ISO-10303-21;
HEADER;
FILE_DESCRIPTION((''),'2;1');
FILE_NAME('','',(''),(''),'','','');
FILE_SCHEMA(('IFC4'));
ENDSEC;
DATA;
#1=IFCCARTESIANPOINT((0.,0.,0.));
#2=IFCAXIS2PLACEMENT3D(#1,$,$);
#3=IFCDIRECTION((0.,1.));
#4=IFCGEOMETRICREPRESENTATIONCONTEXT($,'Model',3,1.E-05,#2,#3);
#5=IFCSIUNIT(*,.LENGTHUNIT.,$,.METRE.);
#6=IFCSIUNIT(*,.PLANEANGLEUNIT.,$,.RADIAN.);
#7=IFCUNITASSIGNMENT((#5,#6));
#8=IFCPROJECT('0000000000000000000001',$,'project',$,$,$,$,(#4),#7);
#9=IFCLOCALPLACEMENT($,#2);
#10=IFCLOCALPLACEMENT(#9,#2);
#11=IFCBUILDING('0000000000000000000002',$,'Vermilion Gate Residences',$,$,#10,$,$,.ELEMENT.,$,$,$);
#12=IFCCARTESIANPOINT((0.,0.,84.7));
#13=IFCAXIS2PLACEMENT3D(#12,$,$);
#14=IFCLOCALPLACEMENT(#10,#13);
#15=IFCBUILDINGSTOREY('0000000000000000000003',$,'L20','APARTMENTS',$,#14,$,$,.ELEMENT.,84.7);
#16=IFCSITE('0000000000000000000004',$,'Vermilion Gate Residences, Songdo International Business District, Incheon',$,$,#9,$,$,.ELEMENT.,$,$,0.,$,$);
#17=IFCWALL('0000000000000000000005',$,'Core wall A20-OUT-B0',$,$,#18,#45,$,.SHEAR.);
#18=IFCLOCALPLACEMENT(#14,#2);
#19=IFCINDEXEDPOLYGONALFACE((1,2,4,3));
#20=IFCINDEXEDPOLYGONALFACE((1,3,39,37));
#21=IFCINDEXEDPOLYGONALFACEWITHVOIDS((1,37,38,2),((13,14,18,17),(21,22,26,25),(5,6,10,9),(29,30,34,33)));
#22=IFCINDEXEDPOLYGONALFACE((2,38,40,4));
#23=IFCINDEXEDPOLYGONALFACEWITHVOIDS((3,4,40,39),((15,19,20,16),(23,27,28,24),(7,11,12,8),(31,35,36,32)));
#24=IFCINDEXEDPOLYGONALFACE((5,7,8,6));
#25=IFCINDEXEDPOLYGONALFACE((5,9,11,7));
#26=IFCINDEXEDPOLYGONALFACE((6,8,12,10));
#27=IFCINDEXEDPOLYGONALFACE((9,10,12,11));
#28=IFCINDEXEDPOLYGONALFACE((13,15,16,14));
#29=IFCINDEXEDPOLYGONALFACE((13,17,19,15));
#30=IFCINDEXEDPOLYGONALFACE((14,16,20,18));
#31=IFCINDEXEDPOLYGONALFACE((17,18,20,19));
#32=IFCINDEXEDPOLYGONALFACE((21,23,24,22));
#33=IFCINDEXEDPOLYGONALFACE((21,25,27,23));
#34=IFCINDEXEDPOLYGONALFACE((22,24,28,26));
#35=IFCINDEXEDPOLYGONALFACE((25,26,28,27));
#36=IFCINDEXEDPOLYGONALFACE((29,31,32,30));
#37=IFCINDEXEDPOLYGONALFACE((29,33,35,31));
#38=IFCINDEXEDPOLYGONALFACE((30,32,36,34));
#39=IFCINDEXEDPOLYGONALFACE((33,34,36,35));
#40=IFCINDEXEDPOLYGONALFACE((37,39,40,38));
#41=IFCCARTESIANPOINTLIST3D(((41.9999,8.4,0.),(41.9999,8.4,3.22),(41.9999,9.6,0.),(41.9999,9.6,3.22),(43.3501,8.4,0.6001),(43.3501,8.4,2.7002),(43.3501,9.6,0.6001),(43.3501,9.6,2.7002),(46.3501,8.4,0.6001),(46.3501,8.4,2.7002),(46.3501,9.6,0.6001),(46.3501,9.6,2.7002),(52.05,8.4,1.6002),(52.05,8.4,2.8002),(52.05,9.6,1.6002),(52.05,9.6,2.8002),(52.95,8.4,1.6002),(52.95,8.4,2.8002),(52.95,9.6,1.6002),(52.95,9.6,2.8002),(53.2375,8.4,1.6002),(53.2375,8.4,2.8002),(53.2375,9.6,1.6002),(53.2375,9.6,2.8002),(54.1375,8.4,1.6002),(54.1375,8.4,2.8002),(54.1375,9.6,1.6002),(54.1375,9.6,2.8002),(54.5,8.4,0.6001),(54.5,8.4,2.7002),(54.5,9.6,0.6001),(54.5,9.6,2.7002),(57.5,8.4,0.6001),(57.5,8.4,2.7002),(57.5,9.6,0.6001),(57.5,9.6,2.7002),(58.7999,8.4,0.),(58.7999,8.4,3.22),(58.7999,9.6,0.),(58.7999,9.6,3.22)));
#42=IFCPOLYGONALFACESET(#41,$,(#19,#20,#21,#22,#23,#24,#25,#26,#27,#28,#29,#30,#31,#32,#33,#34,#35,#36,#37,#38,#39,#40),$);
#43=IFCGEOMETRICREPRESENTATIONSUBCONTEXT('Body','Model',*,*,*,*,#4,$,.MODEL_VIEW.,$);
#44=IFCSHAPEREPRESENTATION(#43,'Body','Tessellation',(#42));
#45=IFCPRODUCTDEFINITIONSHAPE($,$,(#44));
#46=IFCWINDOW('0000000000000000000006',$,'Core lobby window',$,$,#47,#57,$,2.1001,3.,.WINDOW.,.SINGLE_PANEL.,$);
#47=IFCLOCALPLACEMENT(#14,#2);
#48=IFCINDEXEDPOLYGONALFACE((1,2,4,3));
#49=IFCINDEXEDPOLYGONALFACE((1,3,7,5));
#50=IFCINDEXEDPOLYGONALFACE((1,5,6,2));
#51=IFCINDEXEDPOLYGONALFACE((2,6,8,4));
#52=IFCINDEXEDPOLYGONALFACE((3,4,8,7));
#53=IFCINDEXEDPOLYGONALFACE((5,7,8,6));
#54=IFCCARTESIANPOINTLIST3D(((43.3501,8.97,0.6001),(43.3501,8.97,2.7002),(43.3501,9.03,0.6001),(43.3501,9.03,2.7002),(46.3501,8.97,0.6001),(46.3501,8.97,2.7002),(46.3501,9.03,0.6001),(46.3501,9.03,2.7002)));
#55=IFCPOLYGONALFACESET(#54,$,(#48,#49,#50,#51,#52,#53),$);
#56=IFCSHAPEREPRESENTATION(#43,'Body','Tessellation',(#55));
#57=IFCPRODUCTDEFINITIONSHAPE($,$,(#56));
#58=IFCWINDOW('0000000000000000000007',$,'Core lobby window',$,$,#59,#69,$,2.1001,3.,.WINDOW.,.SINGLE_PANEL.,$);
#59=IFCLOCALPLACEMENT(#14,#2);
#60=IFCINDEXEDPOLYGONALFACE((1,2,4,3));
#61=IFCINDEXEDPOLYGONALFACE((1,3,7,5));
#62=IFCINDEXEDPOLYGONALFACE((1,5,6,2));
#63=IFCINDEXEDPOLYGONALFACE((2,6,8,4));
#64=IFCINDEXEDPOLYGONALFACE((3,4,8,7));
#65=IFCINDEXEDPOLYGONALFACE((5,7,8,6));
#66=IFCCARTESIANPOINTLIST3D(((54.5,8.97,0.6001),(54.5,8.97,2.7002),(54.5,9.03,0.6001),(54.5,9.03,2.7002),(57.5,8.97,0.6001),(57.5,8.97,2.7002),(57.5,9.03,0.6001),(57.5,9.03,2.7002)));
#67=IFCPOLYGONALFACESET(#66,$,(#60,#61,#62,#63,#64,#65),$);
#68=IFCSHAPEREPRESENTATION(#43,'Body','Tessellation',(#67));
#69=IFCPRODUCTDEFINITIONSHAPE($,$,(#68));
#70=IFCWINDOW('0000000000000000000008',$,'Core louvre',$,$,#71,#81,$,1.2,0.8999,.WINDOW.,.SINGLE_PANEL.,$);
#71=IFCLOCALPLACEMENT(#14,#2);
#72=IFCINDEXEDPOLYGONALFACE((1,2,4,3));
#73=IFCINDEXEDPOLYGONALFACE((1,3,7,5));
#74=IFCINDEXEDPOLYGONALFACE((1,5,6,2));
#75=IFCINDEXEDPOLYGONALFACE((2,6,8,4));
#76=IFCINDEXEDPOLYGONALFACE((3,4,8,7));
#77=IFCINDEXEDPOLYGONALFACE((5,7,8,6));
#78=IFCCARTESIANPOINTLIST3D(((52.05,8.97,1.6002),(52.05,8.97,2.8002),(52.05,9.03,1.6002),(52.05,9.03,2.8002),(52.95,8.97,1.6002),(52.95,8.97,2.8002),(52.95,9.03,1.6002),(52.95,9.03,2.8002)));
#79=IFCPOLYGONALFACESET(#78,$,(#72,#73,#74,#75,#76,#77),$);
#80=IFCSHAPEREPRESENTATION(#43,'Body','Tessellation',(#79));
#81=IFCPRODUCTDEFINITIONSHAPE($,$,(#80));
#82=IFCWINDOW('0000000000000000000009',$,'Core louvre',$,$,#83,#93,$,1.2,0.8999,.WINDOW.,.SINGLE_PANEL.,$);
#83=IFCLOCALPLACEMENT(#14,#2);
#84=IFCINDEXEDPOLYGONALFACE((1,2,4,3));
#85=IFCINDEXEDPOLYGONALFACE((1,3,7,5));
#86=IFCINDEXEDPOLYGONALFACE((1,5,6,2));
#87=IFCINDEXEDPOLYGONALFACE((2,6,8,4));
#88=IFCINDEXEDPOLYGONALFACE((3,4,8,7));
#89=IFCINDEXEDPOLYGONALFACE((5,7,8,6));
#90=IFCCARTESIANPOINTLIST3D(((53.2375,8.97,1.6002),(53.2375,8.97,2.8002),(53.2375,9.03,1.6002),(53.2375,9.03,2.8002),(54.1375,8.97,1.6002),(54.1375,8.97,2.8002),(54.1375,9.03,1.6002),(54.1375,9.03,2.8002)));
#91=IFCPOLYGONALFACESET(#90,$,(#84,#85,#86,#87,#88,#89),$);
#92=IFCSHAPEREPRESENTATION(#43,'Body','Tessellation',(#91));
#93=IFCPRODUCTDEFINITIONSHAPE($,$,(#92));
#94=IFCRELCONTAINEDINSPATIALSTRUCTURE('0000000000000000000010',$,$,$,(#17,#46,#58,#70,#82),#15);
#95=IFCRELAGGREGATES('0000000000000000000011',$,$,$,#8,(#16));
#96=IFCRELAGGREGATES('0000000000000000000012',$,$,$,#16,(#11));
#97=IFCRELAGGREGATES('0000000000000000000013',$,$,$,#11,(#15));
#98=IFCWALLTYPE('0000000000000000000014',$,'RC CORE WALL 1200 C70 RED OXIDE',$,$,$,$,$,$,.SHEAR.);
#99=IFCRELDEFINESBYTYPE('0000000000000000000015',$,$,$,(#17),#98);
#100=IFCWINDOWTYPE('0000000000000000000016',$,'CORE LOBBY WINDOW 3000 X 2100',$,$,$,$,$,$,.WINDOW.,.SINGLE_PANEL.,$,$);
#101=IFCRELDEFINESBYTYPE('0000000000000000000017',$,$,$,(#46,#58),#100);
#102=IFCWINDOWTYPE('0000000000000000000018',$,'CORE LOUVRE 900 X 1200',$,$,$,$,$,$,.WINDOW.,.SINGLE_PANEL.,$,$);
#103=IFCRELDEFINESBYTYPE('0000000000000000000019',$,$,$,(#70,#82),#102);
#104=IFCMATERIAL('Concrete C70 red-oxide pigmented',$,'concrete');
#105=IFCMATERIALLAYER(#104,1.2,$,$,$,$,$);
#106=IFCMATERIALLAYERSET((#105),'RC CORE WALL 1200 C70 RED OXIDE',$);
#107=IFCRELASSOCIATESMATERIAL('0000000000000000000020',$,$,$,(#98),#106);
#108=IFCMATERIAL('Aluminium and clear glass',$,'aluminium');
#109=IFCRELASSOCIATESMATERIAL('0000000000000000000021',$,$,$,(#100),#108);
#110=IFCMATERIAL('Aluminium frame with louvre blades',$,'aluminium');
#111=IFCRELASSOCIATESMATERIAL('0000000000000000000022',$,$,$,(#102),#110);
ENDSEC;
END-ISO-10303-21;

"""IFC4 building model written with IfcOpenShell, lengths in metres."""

from ifc_helpers import new_model, si_unit, direction, frame, frame_2d, origin, place, context, subcontext, project, spatial, rectangle, extrude, material, layer, layer_set, type_object, element, fill, save


model = new_model("IFC4")

# Units and contexts
model_context = context("Model", 3, precision=1e-05, world=origin(), true_north=direction((0.0, 1.0)))
body_context = subcontext(model_context, "Body", "Model", "MODEL_VIEW")
ifc_project = project(units=[si_unit("LENGTHUNIT", "METRE"), si_unit("PLANEANGLEUNIT", "RADIAN")], contexts=[model_context])

# Site, building, storey
site_placement = place(None, origin())
site = spatial("IfcSite", under=ifc_project, at=site_placement, Name="Vermilion Gate Residences, Songdo International Business District, Incheon", CompositionType="ELEMENT", RefElevation=0.0)
building_placement = place(site_placement, origin())
building = spatial("IfcBuilding", under=site, at=building_placement, Name="Vermilion Gate Residences", CompositionType="ELEMENT")
storey_placement = place(building_placement, frame((0.0, 0.0, 84.7)))
storey = spatial("IfcBuildingStorey", under=building, at=storey_placement, Name="L20", Description="APARTMENTS", CompositionType="ELEMENT", Elevation=84.7)

# Wall, openings, windows
ifc_material_1 = material(Name="Concrete C70 red-oxide pigmented", Category="concrete")
ifc_layer_1 = layer(ifc_material_1, 1.2)
ifc_layer_set_1 = layer_set([ifc_layer_1], Name="RC CORE WALL 1200 C70 RED OXIDE")
wall_type_1 = type_object("IfcWallType", Name="RC CORE WALL 1200 C70 RED OXIDE", PredefinedType="SHEAR", material=ifc_layer_set_1)
wall_1_placement = place(storey_placement, frame((42.0, 9.0, 0.0), z_axis=(0.0, 0.0, 1.0), x_axis=(1.0, 0.0, 0.0)))
wall_1 = element("IfcWall", 1, at=wall_1_placement, inside=storey, type_object=wall_type_1, Name="Core wall A20-OUT-B0", PredefinedType="SHEAR", context=body_context, shape_type="SweptSolid", body=[
    extrude(rectangle(XDim=16.8, YDim=1.2, at=frame_2d((8.3999, 0.0))), origin(), (0.0, 0.0, 1.0), 3.22),
])
opening_1_placement = place(wall_1_placement, frame((1.3501, 0.0, 0.6001)))
opening_1 = element("IfcOpeningElement", 2, at=opening_1_placement, cuts=wall_1, PredefinedType="OPENING", context=body_context, shape_type="SweptSolid", body=[
    extrude(rectangle(XDim=3.0, YDim=2.1001, at=frame_2d((1.5, 1.05))), frame((0.0, 0.6099, 0.0), z_axis=(0.0, -1.0, 0.0), x_axis=(1.0, 0.0, 0.0)), (0.0, 0.0, 1.0), 1.22),
])
opening_2_placement = place(wall_1_placement, frame((10.05, 0.0, 1.6001)))
opening_2 = element("IfcOpeningElement", 3, at=opening_2_placement, cuts=wall_1, PredefinedType="OPENING", context=body_context, shape_type="SweptSolid", body=[
    extrude(rectangle(XDim=0.8999, YDim=1.2, at=frame_2d((0.45, 0.6001))), frame((0.0, 0.6099, 0.0), z_axis=(0.0, -1.0, 0.0), x_axis=(1.0, 0.0, 0.0)), (0.0, 0.0, 1.0), 1.22),
])
opening_3_placement = place(wall_1_placement, frame((11.2375, 0.0, 1.6001)))
opening_3 = element("IfcOpeningElement", 4, at=opening_3_placement, cuts=wall_1, PredefinedType="OPENING", context=body_context, shape_type="SweptSolid", body=[
    extrude(rectangle(XDim=0.8999, YDim=1.2, at=frame_2d((0.45, 0.6001))), frame((0.0, 0.6099, 0.0), z_axis=(0.0, -1.0, 0.0), x_axis=(1.0, 0.0, 0.0)), (0.0, 0.0, 1.0), 1.22),
])
opening_4_placement = place(wall_1_placement, frame((12.5, 0.0, 0.6001)))
opening_4 = element("IfcOpeningElement", 5, at=opening_4_placement, cuts=wall_1, PredefinedType="OPENING", context=body_context, shape_type="SweptSolid", body=[
    extrude(rectangle(XDim=3.0, YDim=2.1001, at=frame_2d((1.5, 1.05))), frame((0.0, 0.6099, 0.0), z_axis=(0.0, -1.0, 0.0), x_axis=(1.0, 0.0, 0.0)), (0.0, 0.0, 1.0), 1.22),
])
ifc_material_2 = material(Name="Aluminium and clear glass", Category="aluminium")
window_type_1 = type_object("IfcWindowType", Name="CORE LOBBY WINDOW 3000 X 2100", PartitioningType="SINGLE_PANEL", PredefinedType="WINDOW", material=ifc_material_2)
window_1_placement = place(opening_1_placement, origin())
window_1 = element("IfcWindow", 6, at=window_1_placement, inside=storey, type_object=window_type_1, Name="Core lobby window", OverallHeight=2.1001, OverallWidth=3.0, PartitioningType="SINGLE_PANEL", PredefinedType="WINDOW", context=body_context, shape_type="SweptSolid", body=[
    extrude(rectangle(XDim=3.0, YDim=2.1001, at=frame_2d((1.5, 1.05))), frame((0.0, 0.03, 0.0), z_axis=(0.0, -1.0, 0.0), x_axis=(1.0, 0.0, 0.0)), (0.0, 0.0, 1.0), 0.0601),
])
fill(opening_1, window_1)
window_2_placement = place(opening_4_placement, origin())
window_2 = element("IfcWindow", 7, at=window_2_placement, inside=storey, type_object=window_type_1, Name="Core lobby window", OverallHeight=2.1001, OverallWidth=3.0, PartitioningType="SINGLE_PANEL", PredefinedType="WINDOW", context=body_context, shape_type="SweptSolid", body=[
    extrude(rectangle(XDim=3.0, YDim=2.1001, at=frame_2d((1.5, 1.05))), frame((0.0, 0.03, 0.0), z_axis=(0.0, -1.0, 0.0), x_axis=(1.0, 0.0, 0.0)), (0.0, 0.0, 1.0), 0.0601),
])
fill(opening_4, window_2)
ifc_material_3 = material(Name="Aluminium frame with louvre blades", Category="aluminium")
window_type_2 = type_object("IfcWindowType", Name="CORE LOUVRE 900 X 1200", PartitioningType="SINGLE_PANEL", PredefinedType="WINDOW", material=ifc_material_3)
window_3_placement = place(opening_2_placement, origin())
window_3 = element("IfcWindow", 8, at=window_3_placement, inside=storey, type_object=window_type_2, Name="Core louvre", OverallHeight=1.2, OverallWidth=0.8999, PartitioningType="SINGLE_PANEL", PredefinedType="WINDOW", context=body_context, shape_type="SweptSolid", body=[
    extrude(rectangle(XDim=0.8999, YDim=1.2, at=frame_2d((0.45, 0.6001))), frame((0.0, 0.03, 0.0), z_axis=(0.0, -1.0, 0.0), x_axis=(1.0, 0.0, 0.0)), (0.0, 0.0, 1.0), 0.0601),
])
fill(opening_2, window_3)
window_4_placement = place(opening_3_placement, origin())
window_4 = element("IfcWindow", 9, at=window_4_placement, inside=storey, type_object=window_type_2, Name="Core louvre", OverallHeight=1.2, OverallWidth=0.8999, PartitioningType="SINGLE_PANEL", PredefinedType="WINDOW", context=body_context, shape_type="SweptSolid", body=[
    extrude(rectangle(XDim=0.8999, YDim=1.2, at=frame_2d((0.45, 0.6001))), frame((0.0, 0.03, 0.0), z_axis=(0.0, -1.0, 0.0), x_axis=(1.0, 0.0, 0.0)), (0.0, 0.0, 1.0), 0.0601),
])
fill(opening_3, window_4)

save(model, "model.ifc")
